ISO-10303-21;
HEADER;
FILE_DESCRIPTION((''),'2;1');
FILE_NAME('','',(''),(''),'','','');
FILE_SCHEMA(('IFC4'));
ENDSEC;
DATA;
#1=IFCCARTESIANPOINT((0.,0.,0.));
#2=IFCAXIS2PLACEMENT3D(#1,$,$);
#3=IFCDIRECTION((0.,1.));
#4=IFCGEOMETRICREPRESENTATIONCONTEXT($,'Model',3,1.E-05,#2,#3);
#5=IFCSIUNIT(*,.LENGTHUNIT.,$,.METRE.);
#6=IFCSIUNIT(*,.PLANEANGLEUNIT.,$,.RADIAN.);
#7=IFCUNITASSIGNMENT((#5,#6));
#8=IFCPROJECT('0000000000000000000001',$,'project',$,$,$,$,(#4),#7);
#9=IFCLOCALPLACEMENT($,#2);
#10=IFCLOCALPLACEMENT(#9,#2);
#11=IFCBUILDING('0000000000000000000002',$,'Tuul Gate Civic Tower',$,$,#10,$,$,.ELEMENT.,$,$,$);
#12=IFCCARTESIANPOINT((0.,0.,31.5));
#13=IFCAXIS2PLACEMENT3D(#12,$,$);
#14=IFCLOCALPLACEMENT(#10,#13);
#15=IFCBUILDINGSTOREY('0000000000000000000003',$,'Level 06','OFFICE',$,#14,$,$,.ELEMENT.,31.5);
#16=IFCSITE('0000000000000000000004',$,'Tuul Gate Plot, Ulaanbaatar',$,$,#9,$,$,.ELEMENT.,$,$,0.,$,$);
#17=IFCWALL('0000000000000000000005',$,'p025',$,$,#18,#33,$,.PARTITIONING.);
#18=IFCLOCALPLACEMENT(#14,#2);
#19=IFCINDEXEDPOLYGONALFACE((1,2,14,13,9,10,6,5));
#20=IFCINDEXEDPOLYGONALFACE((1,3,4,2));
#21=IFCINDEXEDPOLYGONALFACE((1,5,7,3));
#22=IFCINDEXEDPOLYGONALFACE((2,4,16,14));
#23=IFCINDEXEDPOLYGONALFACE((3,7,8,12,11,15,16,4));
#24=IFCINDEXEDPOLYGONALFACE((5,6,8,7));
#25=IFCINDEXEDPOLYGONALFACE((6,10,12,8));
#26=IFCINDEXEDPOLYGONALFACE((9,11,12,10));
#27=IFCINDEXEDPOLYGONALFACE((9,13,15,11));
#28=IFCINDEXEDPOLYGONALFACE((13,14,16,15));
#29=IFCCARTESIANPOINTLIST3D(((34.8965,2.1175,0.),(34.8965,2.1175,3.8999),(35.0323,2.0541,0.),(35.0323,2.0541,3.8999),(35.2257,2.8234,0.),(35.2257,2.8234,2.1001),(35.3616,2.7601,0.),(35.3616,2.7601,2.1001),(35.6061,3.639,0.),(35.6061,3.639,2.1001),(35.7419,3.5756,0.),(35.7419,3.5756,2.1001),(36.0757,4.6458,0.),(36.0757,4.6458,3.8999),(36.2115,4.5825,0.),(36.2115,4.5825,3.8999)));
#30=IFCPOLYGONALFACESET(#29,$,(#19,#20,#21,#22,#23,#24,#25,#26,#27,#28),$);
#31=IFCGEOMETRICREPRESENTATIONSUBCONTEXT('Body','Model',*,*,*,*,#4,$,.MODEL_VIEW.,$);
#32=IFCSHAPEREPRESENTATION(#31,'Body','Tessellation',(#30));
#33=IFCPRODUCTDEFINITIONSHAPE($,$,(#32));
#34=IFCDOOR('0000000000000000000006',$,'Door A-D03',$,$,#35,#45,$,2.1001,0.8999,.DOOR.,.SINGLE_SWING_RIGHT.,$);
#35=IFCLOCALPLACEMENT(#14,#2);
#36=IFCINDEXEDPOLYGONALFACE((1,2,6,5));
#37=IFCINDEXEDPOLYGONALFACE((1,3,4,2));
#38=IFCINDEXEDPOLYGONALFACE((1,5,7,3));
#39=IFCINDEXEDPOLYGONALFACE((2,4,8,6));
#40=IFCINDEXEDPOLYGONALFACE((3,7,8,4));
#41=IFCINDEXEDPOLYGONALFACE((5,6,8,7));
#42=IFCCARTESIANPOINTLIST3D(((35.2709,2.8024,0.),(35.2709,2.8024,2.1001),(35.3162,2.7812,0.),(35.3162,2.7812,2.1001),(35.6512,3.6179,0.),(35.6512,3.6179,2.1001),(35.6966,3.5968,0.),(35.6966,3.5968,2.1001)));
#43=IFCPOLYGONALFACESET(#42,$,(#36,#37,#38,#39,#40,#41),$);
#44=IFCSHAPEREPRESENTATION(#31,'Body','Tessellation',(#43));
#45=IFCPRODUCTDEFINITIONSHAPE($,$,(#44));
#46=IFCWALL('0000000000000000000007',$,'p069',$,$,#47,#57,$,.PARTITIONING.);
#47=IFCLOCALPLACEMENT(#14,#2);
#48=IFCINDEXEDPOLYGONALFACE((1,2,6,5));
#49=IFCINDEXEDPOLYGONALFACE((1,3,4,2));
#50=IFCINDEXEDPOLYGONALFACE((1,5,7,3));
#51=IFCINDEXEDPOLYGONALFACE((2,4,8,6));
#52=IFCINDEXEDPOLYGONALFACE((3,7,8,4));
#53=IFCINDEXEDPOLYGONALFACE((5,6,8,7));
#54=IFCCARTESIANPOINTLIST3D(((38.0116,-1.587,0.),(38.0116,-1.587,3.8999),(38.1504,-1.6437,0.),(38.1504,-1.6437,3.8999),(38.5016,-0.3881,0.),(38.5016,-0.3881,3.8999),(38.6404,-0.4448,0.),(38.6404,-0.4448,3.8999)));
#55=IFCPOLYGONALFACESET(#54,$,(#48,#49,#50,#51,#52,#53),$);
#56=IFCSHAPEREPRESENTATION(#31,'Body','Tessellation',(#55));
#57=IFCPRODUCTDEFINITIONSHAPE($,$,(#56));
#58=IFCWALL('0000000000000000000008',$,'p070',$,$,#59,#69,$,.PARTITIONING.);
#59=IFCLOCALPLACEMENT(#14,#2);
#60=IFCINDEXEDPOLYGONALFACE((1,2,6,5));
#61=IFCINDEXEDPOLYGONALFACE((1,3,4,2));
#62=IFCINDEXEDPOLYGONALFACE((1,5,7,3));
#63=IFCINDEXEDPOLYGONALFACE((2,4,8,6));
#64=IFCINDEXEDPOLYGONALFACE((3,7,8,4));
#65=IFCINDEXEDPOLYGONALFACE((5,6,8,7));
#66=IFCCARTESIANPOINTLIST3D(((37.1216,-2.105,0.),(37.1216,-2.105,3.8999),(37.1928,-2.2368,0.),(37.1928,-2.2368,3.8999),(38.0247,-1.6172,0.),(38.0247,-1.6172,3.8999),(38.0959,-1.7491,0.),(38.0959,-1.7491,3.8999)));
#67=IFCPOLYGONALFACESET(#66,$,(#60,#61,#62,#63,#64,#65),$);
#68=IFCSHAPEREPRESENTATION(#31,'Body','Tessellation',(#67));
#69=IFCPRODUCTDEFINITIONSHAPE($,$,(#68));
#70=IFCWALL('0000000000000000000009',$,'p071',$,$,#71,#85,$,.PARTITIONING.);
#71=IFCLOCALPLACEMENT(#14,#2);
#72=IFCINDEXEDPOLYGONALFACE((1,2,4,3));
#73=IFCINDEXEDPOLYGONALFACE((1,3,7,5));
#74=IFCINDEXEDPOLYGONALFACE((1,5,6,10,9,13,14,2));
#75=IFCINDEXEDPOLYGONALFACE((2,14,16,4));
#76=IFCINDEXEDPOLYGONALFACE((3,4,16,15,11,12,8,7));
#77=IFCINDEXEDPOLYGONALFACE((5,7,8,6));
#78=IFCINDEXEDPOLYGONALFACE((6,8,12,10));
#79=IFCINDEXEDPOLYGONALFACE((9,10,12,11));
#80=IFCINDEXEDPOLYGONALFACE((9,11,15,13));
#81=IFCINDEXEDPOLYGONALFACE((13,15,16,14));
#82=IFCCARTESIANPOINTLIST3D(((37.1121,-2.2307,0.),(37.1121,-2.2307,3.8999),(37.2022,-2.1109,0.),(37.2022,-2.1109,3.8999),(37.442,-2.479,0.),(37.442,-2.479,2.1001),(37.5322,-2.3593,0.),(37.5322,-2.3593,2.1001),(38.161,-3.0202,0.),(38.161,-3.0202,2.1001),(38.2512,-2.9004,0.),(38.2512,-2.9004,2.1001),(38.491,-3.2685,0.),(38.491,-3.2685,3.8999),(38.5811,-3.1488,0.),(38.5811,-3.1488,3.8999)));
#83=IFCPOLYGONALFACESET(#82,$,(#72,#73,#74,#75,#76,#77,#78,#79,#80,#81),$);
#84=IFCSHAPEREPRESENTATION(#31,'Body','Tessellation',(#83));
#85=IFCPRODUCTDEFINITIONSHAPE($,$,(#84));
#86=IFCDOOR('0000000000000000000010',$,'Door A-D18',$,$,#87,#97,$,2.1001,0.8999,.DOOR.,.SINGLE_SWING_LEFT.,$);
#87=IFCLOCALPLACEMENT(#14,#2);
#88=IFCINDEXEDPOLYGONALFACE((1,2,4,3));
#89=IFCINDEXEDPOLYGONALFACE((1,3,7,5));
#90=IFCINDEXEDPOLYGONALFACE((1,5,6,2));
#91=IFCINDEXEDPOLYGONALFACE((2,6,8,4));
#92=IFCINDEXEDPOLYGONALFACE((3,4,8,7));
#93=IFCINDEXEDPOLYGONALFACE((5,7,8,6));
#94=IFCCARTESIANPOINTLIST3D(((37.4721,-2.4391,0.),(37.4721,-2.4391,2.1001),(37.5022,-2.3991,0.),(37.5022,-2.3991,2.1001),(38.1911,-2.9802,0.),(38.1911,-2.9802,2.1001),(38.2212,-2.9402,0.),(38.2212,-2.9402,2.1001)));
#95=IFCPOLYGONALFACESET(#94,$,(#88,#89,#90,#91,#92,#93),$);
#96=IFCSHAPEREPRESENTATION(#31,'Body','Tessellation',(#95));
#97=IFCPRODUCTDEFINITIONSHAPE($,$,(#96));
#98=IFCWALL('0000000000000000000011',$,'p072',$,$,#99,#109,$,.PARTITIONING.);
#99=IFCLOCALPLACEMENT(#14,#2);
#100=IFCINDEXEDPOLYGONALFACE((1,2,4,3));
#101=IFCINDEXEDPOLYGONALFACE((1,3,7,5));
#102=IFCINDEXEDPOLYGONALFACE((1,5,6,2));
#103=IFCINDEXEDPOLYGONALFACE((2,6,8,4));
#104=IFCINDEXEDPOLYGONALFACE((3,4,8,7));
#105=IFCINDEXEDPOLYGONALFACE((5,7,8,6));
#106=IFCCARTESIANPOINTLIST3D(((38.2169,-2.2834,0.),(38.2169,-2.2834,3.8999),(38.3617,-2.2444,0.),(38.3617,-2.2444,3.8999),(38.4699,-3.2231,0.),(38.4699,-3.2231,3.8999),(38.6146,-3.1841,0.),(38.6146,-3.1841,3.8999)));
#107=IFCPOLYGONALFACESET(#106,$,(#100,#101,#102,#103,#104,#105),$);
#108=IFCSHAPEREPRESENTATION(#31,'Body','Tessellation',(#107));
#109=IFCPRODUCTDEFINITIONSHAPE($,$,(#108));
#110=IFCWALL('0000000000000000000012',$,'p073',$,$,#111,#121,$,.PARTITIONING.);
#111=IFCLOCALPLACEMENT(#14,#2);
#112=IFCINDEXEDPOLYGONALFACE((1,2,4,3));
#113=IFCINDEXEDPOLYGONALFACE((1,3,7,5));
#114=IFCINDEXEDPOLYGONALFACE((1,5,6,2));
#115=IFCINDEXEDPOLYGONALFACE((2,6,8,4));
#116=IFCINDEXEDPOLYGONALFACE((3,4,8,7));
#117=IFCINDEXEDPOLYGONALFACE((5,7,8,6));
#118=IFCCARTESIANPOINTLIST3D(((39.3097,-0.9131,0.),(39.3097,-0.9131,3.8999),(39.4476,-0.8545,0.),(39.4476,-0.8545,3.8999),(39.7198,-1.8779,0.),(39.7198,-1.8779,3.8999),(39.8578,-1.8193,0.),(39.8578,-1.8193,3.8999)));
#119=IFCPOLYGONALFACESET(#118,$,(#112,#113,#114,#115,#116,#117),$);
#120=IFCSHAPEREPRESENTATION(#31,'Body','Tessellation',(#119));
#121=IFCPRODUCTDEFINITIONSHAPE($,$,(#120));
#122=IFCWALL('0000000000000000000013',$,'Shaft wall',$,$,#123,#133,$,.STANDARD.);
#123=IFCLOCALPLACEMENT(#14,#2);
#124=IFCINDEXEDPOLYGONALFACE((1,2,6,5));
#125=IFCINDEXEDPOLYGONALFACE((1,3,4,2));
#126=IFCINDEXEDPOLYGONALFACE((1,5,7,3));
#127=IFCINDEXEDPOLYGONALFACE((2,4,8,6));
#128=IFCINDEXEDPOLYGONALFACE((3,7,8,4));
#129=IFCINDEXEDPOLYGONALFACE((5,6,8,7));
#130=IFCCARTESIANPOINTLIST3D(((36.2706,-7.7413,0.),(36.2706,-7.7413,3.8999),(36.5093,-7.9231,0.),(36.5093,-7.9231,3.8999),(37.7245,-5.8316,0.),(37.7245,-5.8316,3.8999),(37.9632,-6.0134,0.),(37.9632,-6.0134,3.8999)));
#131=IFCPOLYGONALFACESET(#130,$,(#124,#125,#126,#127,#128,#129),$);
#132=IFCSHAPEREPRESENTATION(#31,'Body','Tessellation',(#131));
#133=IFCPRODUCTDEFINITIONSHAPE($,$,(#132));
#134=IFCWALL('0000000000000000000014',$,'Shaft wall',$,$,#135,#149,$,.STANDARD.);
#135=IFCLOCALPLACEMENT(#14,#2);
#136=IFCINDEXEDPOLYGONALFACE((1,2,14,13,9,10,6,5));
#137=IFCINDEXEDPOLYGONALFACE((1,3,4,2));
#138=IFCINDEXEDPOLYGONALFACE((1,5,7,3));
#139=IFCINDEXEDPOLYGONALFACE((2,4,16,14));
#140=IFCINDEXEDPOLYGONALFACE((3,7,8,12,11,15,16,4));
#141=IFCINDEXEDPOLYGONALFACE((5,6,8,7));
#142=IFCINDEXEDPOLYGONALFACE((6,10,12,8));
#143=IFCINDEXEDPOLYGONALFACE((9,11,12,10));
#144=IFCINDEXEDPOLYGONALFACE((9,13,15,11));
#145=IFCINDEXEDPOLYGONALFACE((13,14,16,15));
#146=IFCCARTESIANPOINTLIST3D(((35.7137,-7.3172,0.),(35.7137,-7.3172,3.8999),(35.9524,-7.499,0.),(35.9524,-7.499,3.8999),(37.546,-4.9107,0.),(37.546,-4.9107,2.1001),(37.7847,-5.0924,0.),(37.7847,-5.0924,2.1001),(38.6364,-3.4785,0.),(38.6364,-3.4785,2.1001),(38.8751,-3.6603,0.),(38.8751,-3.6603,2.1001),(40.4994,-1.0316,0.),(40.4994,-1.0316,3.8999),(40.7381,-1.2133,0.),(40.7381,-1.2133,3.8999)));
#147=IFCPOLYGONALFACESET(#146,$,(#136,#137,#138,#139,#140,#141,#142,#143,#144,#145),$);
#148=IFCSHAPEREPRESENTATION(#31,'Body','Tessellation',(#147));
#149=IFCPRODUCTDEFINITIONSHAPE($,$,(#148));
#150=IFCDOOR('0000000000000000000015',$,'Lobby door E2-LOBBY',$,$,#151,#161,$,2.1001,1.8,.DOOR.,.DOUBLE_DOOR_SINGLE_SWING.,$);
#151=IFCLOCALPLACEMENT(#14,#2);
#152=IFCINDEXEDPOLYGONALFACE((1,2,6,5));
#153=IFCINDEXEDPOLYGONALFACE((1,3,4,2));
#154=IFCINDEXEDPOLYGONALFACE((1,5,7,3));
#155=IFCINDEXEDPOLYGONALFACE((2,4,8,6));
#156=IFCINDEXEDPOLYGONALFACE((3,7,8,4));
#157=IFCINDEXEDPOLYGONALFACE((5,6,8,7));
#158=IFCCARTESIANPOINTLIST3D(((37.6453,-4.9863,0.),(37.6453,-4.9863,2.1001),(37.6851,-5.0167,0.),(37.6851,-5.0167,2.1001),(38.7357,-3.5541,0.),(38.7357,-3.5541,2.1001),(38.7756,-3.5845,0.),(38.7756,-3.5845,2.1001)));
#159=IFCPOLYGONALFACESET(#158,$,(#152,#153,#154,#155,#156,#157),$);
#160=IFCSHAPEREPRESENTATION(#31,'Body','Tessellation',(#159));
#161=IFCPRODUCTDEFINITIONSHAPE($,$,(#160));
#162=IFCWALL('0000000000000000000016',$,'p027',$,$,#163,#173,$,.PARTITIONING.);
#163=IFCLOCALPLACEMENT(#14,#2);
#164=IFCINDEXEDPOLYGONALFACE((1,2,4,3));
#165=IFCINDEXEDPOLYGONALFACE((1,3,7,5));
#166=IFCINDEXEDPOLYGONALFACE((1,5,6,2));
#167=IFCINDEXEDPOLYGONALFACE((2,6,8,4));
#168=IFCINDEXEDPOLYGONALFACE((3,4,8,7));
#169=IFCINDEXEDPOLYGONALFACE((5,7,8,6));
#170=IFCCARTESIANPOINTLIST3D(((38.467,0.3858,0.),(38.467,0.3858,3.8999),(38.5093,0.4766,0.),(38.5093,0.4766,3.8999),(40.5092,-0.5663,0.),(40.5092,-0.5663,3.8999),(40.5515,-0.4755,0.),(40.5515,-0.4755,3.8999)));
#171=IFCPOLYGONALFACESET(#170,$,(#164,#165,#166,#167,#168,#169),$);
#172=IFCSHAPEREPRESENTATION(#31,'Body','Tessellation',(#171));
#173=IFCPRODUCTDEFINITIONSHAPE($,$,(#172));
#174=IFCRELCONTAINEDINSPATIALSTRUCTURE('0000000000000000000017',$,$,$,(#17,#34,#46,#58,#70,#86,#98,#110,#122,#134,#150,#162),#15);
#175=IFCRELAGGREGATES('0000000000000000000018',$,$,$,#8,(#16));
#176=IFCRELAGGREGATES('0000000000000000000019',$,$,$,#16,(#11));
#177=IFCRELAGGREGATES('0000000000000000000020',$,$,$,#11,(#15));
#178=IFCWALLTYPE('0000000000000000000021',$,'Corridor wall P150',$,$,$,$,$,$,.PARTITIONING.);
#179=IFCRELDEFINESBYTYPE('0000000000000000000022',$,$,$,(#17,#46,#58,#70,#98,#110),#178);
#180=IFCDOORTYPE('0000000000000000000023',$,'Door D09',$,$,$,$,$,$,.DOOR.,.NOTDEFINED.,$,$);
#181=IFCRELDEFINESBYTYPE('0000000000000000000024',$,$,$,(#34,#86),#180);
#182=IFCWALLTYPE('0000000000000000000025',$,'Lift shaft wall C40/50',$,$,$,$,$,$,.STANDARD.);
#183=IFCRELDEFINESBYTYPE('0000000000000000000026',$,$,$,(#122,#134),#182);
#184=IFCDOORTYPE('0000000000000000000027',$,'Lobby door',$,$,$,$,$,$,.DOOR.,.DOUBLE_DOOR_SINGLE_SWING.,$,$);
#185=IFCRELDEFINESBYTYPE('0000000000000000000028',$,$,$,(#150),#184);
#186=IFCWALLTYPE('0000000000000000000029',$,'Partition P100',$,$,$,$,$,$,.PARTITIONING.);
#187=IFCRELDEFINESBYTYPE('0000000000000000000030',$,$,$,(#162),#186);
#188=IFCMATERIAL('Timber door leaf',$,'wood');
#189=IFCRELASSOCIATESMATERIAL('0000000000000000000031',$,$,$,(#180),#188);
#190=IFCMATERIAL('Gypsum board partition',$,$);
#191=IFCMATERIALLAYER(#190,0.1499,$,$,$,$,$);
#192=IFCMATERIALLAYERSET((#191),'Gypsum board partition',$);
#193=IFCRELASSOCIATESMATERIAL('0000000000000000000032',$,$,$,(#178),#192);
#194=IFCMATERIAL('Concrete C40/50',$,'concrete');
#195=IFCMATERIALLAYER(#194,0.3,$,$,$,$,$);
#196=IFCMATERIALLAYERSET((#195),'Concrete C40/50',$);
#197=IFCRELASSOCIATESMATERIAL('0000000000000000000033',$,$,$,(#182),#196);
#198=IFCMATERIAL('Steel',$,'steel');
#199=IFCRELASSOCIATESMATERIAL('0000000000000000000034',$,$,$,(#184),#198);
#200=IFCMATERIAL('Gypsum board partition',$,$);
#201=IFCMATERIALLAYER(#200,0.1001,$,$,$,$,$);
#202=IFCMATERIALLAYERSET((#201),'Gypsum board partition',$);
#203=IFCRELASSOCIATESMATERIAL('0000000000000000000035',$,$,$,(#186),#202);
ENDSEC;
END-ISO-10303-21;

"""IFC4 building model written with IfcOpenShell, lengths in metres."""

from ifc_helpers import new_model, si_unit, direction, frame, frame_2d, origin, place, context, subcontext, project, spatial, rectangle, extrude, material, layer, layer_set, type_object, element, fill, save


model = new_model("IFC4")

# Units and contexts
model_context = context("Model", 3, precision=1e-05, world=origin(), true_north=direction((0.0, 1.0)))
body_context = subcontext(model_context, "Body", "Model", "MODEL_VIEW")
ifc_project = project(units=[si_unit("LENGTHUNIT", "METRE"), si_unit("PLANEANGLEUNIT", "RADIAN")], contexts=[model_context])

# Site, building, storey
site_placement = place(None, origin())
site = spatial("IfcSite", under=ifc_project, at=site_placement, Name="Tuul Gate Plot, Ulaanbaatar", CompositionType="ELEMENT", RefElevation=0.0)
building_placement = place(site_placement, origin())
building = spatial("IfcBuilding", under=site, at=building_placement, Name="Tuul Gate Civic Tower", CompositionType="ELEMENT")
storey_placement = place(building_placement, frame((0.0, 0.0, 31.5)))
storey = spatial("IfcBuildingStorey", under=building, at=storey_placement, Name="Level 06", Description="OFFICE", CompositionType="ELEMENT", Elevation=31.5)

# Shared definitions
ifc_material_1 = material(Name="Timber door leaf", Category="wood")
door_type_1 = type_object("IfcDoorType", Name="Door D09", OperationType="NOTDEFINED", PredefinedType="DOOR", material=ifc_material_1)

# Shared definitions
ifc_material_2 = material(Name="Gypsum board partition")
ifc_layer_1 = layer(ifc_material_2, 0.1499)
ifc_layer_set_1 = layer_set([ifc_layer_1], Name="Gypsum board partition")
wall_type_1 = type_object("IfcWallType", Name="Corridor wall P150", PredefinedType="PARTITIONING", material=ifc_layer_set_1)

# Wall, opening, door
wall_1_placement = place(storey_placement, frame((34.9644, 2.0857, 0.0), z_axis=(0.0, 0.0, 1.0), x_axis=(0.422684, 0.906277, 0.0)))
wall_1 = element("IfcWall", 1, at=wall_1_placement, inside=storey, type_object=wall_type_1, Name="p025", PredefinedType="PARTITIONING", context=body_context, shape_type="SweptSolid", body=[
    extrude(rectangle(XDim=2.7898, YDim=0.1499, at=frame_2d((1.395, 0.0))), origin(), (0.0, 0.0, 1.0), 3.8999),
])
opening_1_placement = place(wall_1_placement, frame((0.7791, 0.0, 0.0)))
opening_1 = element("IfcOpeningElement", 2, at=opening_1_placement, cuts=wall_1, PredefinedType="OPENING", context=body_context, shape_type="SweptSolid", body=[
    extrude(rectangle(XDim=0.8999, YDim=2.1001, at=frame_2d((0.45, 1.05))), frame((0.0, 0.085, 0.0), z_axis=(0.0, -1.0, 0.0), x_axis=(1.0, 0.0, 0.0)), (0.0, 0.0, 1.0), 0.1699),
])
door_1_placement = place(opening_1_placement, frame((0.8999, 0.0, 0.0), z_axis=(0.0, 0.0, 1.0), x_axis=(-1.0, 0.0, 0.0)))
door_1 = element("IfcDoor", 3, at=door_1_placement, inside=storey, type_object=door_type_1, Name="Door A-D03", OperationType="SINGLE_SWING_RIGHT", OverallHeight=2.1001, OverallWidth=0.8999, PredefinedType="DOOR", context=body_context, shape_type="SweptSolid", body=[
    extrude(rectangle(XDim=0.8999, YDim=2.1001, at=frame_2d((0.45, 1.05))), frame((0.0, 0.0249, 0.0), z_axis=(0.0, -1.0, 0.0), x_axis=(1.0, 0.0, 0.0)), (0.0, 0.0, 1.0), 0.05),
])
fill(opening_1, door_1)

# Walls
wall_2_placement = place(storey_placement, frame((38.0811, -1.6152, 0.0), z_axis=(0.0, 0.0, 1.0), x_axis=(0.378303, 0.925682, 0.0)))
element("IfcWall", 4, at=wall_2_placement, inside=storey, type_object=wall_type_1, Name="p069", PredefinedType="PARTITIONING", context=body_context, shape_type="SweptSolid", body=[
    extrude(rectangle(XDim=1.2952, YDim=0.1499, at=frame_2d((0.6475, 0.0))), origin(), (0.0, 0.0, 1.0), 3.8999),
])
wall_3_placement = place(storey_placement, frame((37.1572, -2.1709, 0.0), z_axis=(0.0, 0.0, 1.0), x_axis=(0.879852, 0.475248, 0.0)))
element("IfcWall", 5, at=wall_3_placement, inside=storey, type_object=wall_type_1, Name="p070", PredefinedType="PARTITIONING", context=body_context, shape_type="SweptSolid", body=[
    extrude(rectangle(XDim=1.0264, YDim=0.1499, at=frame_2d((0.5132, 0.0))), origin(), (0.0, 0.0, 1.0), 3.8999),
])

# Wall, opening, door
wall_4_placement = place(storey_placement, frame((37.1572, -2.1709, 0.0), z_axis=(0.0, 0.0, 1.0), x_axis=(0.79898, -0.601357, 0.0)))
wall_4 = element("IfcWall", 6, at=wall_4_placement, inside=storey, type_object=wall_type_1, Name="p071", PredefinedType="PARTITIONING", context=body_context, shape_type="SweptSolid", body=[
    extrude(rectangle(XDim=1.7258, YDim=0.1499, at=frame_2d((0.8628, 0.0))), origin(), (0.0, 0.0, 1.0), 3.8999),
])
opening_2_placement = place(wall_4_placement, frame((0.4128, 0.0, 0.0)))
opening_2 = element("IfcOpeningElement", 7, at=opening_2_placement, cuts=wall_4, PredefinedType="OPENING", context=body_context, shape_type="SweptSolid", body=[
    extrude(rectangle(XDim=0.8999, YDim=2.1001, at=frame_2d((0.45, 1.05))), frame((0.0, 0.085, 0.0), z_axis=(0.0, -1.0, 0.0), x_axis=(1.0, 0.0, 0.0)), (0.0, 0.0, 1.0), 0.1699),
])
door_2_placement = place(opening_2_placement, frame((0.8999, 0.0, 0.0), z_axis=(0.0, 0.0, 1.0), x_axis=(-1.0, 0.0, 0.0)))
door_2 = element("IfcDoor", 8, at=door_2_placement, inside=storey, type_object=door_type_1, Name="Door A-D18", OperationType="SINGLE_SWING_LEFT", OverallHeight=2.1001, OverallWidth=0.8999, PredefinedType="DOOR", context=body_context, shape_type="SweptSolid", body=[
    extrude(rectangle(XDim=0.8999, YDim=2.1001, at=frame_2d((0.45, 1.05))), frame((0.0, 0.0249, 0.0), z_axis=(0.0, -1.0, 0.0), x_axis=(1.0, 0.0, 0.0)), (0.0, 0.0, 1.0), 0.05),
])
fill(opening_2, door_2)

# Walls
wall_5_placement = place(storey_placement, frame((38.2893, -2.2639, 0.0), z_axis=(0.0, 0.0, 1.0), x_axis=(0.25991, -0.965633, 0.0)))
element("IfcWall", 9, at=wall_5_placement, inside=storey, type_object=wall_type_1, Name="p072", PredefinedType="PARTITIONING", context=body_context, shape_type="SweptSolid", body=[
    extrude(rectangle(XDim=0.9731, YDim=0.1499, at=frame_2d((0.4866, 0.0))), origin(), (0.0, 0.0, 1.0), 3.8999),
])
wall_6_placement = place(storey_placement, frame((39.3787, -0.8838, 0.0), z_axis=(0.0, 0.0, 1.0), x_axis=(0.39122, -0.920297, 0.0)))
element("IfcWall", 10, at=wall_6_placement, inside=storey, type_object=wall_type_1, Name="p073", PredefinedType="PARTITIONING", context=body_context, shape_type="SweptSolid", body=[
    extrude(rectangle(XDim=1.0483, YDim=0.1499, at=frame_2d((0.5242, 0.0))), origin(), (0.0, 0.0, 1.0), 3.8999),
])
ifc_material_3 = material(Name="Concrete C40/50", Category="concrete")
ifc_layer_2 = layer(ifc_material_3, 0.3)
ifc_layer_set_2 = layer_set([ifc_layer_2], Name="Concrete C40/50")
wall_type_2 = type_object("IfcWallType", Name="Lift shaft wall C40/50", PredefinedType="STANDARD", material=ifc_layer_set_2)
wall_7_placement = place(storey_placement, frame((36.3899, -7.8323, 0.0), z_axis=(0.0, 0.0, 1.0), x_axis=(0.605746, 0.795658, 0.0)))
element("IfcWall", 11, at=wall_7_placement, inside=storey, type_object=wall_type_2, Name="Shaft wall", PredefinedType="STANDARD", context=body_context, shape_type="SweptSolid", body=[
    extrude(rectangle(XDim=2.4001, YDim=0.3, at=frame_2d((1.2002, 0.0))), origin(), (0.0, 0.0, 1.0), 3.8999),
])

# Wall, opening, door
wall_8_placement = place(storey_placement, frame((35.833, -7.4082, 0.0), z_axis=(0.0, 0.0, 1.0), x_axis=(0.605769, 0.79564, 0.0)))
wall_8 = element("IfcWall", 12, at=wall_8_placement, inside=storey, type_object=wall_type_2, Name="Shaft wall", PredefinedType="STANDARD", context=body_context, shape_type="SweptSolid", body=[
    extrude(rectangle(XDim=7.9001, YDim=0.3, at=frame_2d((3.9502, 0.0))), origin(), (0.0, 0.0, 1.0), 3.8999),
])
opening_3_placement = place(wall_8_placement, frame((3.0249, 0.0, 0.0)))
opening_3 = element("IfcOpeningElement", 13, at=opening_3_placement, cuts=wall_8, PredefinedType="OPENING", context=body_context, shape_type="SweptSolid", body=[
    extrude(rectangle(XDim=1.8, YDim=2.1001, at=frame_2d((0.8999, 1.05))), frame((0.0, 0.1602, 0.0), z_axis=(0.0, -1.0, 0.0), x_axis=(1.0, 0.0, 0.0)), (0.0, 0.0, 1.0), 0.3201),
])
ifc_material_4 = material(Name="Steel", Category="steel")
door_type_2 = type_object("IfcDoorType", Name="Lobby door", OperationType="DOUBLE_DOOR_SINGLE_SWING", PredefinedType="DOOR", material=ifc_material_4)
door_3_placement = place(opening_3_placement, frame((1.8, 0.0, 0.0), z_axis=(0.0, 0.0, 1.0), x_axis=(-1.0, 0.0, 0.0)))
door_3 = element("IfcDoor", 14, at=door_3_placement, inside=storey, type_object=door_type_2, Name="Lobby door E2-LOBBY", OperationType="DOUBLE_DOOR_SINGLE_SWING", OverallHeight=2.1001, OverallWidth=1.8, PredefinedType="DOOR", context=body_context, shape_type="SweptSolid", body=[
    extrude(rectangle(XDim=1.8, YDim=2.1001, at=frame_2d((0.9001, 1.05))), frame((0.0, 0.0249, 0.0), z_axis=(0.0, -1.0, 0.0), x_axis=(1.0, 0.0, 0.0)), (0.0, 0.0, 1.0), 0.05),
])
fill(opening_3, door_3)

# Wall
ifc_material_5 = material(Name="Gypsum board partition")
ifc_layer_3 = layer(ifc_material_5, 0.1001)
ifc_layer_set_3 = layer_set([ifc_layer_3], Name="Gypsum board partition")
wall_type_3 = type_object("IfcWallType", Name="Partition P100", PredefinedType="PARTITIONING", material=ifc_layer_set_3)
wall_9_placement = place(storey_placement, frame((38.4883, 0.4312, 0.0), z_axis=(0.0, 0.0, 1.0), x_axis=(0.906335, -0.422559, 0.0)))
element("IfcWall", 15, at=wall_9_placement, inside=storey, type_object=wall_type_3, Name="p027", PredefinedType="PARTITIONING", context=body_context, shape_type="SweptSolid", body=[
    extrude(rectangle(XDim=2.2532, YDim=0.1001, at=frame_2d((1.1265, 0.0))), origin(), (0.0, 0.0, 1.0), 3.8999),
])

save(model, "model.ifc")
